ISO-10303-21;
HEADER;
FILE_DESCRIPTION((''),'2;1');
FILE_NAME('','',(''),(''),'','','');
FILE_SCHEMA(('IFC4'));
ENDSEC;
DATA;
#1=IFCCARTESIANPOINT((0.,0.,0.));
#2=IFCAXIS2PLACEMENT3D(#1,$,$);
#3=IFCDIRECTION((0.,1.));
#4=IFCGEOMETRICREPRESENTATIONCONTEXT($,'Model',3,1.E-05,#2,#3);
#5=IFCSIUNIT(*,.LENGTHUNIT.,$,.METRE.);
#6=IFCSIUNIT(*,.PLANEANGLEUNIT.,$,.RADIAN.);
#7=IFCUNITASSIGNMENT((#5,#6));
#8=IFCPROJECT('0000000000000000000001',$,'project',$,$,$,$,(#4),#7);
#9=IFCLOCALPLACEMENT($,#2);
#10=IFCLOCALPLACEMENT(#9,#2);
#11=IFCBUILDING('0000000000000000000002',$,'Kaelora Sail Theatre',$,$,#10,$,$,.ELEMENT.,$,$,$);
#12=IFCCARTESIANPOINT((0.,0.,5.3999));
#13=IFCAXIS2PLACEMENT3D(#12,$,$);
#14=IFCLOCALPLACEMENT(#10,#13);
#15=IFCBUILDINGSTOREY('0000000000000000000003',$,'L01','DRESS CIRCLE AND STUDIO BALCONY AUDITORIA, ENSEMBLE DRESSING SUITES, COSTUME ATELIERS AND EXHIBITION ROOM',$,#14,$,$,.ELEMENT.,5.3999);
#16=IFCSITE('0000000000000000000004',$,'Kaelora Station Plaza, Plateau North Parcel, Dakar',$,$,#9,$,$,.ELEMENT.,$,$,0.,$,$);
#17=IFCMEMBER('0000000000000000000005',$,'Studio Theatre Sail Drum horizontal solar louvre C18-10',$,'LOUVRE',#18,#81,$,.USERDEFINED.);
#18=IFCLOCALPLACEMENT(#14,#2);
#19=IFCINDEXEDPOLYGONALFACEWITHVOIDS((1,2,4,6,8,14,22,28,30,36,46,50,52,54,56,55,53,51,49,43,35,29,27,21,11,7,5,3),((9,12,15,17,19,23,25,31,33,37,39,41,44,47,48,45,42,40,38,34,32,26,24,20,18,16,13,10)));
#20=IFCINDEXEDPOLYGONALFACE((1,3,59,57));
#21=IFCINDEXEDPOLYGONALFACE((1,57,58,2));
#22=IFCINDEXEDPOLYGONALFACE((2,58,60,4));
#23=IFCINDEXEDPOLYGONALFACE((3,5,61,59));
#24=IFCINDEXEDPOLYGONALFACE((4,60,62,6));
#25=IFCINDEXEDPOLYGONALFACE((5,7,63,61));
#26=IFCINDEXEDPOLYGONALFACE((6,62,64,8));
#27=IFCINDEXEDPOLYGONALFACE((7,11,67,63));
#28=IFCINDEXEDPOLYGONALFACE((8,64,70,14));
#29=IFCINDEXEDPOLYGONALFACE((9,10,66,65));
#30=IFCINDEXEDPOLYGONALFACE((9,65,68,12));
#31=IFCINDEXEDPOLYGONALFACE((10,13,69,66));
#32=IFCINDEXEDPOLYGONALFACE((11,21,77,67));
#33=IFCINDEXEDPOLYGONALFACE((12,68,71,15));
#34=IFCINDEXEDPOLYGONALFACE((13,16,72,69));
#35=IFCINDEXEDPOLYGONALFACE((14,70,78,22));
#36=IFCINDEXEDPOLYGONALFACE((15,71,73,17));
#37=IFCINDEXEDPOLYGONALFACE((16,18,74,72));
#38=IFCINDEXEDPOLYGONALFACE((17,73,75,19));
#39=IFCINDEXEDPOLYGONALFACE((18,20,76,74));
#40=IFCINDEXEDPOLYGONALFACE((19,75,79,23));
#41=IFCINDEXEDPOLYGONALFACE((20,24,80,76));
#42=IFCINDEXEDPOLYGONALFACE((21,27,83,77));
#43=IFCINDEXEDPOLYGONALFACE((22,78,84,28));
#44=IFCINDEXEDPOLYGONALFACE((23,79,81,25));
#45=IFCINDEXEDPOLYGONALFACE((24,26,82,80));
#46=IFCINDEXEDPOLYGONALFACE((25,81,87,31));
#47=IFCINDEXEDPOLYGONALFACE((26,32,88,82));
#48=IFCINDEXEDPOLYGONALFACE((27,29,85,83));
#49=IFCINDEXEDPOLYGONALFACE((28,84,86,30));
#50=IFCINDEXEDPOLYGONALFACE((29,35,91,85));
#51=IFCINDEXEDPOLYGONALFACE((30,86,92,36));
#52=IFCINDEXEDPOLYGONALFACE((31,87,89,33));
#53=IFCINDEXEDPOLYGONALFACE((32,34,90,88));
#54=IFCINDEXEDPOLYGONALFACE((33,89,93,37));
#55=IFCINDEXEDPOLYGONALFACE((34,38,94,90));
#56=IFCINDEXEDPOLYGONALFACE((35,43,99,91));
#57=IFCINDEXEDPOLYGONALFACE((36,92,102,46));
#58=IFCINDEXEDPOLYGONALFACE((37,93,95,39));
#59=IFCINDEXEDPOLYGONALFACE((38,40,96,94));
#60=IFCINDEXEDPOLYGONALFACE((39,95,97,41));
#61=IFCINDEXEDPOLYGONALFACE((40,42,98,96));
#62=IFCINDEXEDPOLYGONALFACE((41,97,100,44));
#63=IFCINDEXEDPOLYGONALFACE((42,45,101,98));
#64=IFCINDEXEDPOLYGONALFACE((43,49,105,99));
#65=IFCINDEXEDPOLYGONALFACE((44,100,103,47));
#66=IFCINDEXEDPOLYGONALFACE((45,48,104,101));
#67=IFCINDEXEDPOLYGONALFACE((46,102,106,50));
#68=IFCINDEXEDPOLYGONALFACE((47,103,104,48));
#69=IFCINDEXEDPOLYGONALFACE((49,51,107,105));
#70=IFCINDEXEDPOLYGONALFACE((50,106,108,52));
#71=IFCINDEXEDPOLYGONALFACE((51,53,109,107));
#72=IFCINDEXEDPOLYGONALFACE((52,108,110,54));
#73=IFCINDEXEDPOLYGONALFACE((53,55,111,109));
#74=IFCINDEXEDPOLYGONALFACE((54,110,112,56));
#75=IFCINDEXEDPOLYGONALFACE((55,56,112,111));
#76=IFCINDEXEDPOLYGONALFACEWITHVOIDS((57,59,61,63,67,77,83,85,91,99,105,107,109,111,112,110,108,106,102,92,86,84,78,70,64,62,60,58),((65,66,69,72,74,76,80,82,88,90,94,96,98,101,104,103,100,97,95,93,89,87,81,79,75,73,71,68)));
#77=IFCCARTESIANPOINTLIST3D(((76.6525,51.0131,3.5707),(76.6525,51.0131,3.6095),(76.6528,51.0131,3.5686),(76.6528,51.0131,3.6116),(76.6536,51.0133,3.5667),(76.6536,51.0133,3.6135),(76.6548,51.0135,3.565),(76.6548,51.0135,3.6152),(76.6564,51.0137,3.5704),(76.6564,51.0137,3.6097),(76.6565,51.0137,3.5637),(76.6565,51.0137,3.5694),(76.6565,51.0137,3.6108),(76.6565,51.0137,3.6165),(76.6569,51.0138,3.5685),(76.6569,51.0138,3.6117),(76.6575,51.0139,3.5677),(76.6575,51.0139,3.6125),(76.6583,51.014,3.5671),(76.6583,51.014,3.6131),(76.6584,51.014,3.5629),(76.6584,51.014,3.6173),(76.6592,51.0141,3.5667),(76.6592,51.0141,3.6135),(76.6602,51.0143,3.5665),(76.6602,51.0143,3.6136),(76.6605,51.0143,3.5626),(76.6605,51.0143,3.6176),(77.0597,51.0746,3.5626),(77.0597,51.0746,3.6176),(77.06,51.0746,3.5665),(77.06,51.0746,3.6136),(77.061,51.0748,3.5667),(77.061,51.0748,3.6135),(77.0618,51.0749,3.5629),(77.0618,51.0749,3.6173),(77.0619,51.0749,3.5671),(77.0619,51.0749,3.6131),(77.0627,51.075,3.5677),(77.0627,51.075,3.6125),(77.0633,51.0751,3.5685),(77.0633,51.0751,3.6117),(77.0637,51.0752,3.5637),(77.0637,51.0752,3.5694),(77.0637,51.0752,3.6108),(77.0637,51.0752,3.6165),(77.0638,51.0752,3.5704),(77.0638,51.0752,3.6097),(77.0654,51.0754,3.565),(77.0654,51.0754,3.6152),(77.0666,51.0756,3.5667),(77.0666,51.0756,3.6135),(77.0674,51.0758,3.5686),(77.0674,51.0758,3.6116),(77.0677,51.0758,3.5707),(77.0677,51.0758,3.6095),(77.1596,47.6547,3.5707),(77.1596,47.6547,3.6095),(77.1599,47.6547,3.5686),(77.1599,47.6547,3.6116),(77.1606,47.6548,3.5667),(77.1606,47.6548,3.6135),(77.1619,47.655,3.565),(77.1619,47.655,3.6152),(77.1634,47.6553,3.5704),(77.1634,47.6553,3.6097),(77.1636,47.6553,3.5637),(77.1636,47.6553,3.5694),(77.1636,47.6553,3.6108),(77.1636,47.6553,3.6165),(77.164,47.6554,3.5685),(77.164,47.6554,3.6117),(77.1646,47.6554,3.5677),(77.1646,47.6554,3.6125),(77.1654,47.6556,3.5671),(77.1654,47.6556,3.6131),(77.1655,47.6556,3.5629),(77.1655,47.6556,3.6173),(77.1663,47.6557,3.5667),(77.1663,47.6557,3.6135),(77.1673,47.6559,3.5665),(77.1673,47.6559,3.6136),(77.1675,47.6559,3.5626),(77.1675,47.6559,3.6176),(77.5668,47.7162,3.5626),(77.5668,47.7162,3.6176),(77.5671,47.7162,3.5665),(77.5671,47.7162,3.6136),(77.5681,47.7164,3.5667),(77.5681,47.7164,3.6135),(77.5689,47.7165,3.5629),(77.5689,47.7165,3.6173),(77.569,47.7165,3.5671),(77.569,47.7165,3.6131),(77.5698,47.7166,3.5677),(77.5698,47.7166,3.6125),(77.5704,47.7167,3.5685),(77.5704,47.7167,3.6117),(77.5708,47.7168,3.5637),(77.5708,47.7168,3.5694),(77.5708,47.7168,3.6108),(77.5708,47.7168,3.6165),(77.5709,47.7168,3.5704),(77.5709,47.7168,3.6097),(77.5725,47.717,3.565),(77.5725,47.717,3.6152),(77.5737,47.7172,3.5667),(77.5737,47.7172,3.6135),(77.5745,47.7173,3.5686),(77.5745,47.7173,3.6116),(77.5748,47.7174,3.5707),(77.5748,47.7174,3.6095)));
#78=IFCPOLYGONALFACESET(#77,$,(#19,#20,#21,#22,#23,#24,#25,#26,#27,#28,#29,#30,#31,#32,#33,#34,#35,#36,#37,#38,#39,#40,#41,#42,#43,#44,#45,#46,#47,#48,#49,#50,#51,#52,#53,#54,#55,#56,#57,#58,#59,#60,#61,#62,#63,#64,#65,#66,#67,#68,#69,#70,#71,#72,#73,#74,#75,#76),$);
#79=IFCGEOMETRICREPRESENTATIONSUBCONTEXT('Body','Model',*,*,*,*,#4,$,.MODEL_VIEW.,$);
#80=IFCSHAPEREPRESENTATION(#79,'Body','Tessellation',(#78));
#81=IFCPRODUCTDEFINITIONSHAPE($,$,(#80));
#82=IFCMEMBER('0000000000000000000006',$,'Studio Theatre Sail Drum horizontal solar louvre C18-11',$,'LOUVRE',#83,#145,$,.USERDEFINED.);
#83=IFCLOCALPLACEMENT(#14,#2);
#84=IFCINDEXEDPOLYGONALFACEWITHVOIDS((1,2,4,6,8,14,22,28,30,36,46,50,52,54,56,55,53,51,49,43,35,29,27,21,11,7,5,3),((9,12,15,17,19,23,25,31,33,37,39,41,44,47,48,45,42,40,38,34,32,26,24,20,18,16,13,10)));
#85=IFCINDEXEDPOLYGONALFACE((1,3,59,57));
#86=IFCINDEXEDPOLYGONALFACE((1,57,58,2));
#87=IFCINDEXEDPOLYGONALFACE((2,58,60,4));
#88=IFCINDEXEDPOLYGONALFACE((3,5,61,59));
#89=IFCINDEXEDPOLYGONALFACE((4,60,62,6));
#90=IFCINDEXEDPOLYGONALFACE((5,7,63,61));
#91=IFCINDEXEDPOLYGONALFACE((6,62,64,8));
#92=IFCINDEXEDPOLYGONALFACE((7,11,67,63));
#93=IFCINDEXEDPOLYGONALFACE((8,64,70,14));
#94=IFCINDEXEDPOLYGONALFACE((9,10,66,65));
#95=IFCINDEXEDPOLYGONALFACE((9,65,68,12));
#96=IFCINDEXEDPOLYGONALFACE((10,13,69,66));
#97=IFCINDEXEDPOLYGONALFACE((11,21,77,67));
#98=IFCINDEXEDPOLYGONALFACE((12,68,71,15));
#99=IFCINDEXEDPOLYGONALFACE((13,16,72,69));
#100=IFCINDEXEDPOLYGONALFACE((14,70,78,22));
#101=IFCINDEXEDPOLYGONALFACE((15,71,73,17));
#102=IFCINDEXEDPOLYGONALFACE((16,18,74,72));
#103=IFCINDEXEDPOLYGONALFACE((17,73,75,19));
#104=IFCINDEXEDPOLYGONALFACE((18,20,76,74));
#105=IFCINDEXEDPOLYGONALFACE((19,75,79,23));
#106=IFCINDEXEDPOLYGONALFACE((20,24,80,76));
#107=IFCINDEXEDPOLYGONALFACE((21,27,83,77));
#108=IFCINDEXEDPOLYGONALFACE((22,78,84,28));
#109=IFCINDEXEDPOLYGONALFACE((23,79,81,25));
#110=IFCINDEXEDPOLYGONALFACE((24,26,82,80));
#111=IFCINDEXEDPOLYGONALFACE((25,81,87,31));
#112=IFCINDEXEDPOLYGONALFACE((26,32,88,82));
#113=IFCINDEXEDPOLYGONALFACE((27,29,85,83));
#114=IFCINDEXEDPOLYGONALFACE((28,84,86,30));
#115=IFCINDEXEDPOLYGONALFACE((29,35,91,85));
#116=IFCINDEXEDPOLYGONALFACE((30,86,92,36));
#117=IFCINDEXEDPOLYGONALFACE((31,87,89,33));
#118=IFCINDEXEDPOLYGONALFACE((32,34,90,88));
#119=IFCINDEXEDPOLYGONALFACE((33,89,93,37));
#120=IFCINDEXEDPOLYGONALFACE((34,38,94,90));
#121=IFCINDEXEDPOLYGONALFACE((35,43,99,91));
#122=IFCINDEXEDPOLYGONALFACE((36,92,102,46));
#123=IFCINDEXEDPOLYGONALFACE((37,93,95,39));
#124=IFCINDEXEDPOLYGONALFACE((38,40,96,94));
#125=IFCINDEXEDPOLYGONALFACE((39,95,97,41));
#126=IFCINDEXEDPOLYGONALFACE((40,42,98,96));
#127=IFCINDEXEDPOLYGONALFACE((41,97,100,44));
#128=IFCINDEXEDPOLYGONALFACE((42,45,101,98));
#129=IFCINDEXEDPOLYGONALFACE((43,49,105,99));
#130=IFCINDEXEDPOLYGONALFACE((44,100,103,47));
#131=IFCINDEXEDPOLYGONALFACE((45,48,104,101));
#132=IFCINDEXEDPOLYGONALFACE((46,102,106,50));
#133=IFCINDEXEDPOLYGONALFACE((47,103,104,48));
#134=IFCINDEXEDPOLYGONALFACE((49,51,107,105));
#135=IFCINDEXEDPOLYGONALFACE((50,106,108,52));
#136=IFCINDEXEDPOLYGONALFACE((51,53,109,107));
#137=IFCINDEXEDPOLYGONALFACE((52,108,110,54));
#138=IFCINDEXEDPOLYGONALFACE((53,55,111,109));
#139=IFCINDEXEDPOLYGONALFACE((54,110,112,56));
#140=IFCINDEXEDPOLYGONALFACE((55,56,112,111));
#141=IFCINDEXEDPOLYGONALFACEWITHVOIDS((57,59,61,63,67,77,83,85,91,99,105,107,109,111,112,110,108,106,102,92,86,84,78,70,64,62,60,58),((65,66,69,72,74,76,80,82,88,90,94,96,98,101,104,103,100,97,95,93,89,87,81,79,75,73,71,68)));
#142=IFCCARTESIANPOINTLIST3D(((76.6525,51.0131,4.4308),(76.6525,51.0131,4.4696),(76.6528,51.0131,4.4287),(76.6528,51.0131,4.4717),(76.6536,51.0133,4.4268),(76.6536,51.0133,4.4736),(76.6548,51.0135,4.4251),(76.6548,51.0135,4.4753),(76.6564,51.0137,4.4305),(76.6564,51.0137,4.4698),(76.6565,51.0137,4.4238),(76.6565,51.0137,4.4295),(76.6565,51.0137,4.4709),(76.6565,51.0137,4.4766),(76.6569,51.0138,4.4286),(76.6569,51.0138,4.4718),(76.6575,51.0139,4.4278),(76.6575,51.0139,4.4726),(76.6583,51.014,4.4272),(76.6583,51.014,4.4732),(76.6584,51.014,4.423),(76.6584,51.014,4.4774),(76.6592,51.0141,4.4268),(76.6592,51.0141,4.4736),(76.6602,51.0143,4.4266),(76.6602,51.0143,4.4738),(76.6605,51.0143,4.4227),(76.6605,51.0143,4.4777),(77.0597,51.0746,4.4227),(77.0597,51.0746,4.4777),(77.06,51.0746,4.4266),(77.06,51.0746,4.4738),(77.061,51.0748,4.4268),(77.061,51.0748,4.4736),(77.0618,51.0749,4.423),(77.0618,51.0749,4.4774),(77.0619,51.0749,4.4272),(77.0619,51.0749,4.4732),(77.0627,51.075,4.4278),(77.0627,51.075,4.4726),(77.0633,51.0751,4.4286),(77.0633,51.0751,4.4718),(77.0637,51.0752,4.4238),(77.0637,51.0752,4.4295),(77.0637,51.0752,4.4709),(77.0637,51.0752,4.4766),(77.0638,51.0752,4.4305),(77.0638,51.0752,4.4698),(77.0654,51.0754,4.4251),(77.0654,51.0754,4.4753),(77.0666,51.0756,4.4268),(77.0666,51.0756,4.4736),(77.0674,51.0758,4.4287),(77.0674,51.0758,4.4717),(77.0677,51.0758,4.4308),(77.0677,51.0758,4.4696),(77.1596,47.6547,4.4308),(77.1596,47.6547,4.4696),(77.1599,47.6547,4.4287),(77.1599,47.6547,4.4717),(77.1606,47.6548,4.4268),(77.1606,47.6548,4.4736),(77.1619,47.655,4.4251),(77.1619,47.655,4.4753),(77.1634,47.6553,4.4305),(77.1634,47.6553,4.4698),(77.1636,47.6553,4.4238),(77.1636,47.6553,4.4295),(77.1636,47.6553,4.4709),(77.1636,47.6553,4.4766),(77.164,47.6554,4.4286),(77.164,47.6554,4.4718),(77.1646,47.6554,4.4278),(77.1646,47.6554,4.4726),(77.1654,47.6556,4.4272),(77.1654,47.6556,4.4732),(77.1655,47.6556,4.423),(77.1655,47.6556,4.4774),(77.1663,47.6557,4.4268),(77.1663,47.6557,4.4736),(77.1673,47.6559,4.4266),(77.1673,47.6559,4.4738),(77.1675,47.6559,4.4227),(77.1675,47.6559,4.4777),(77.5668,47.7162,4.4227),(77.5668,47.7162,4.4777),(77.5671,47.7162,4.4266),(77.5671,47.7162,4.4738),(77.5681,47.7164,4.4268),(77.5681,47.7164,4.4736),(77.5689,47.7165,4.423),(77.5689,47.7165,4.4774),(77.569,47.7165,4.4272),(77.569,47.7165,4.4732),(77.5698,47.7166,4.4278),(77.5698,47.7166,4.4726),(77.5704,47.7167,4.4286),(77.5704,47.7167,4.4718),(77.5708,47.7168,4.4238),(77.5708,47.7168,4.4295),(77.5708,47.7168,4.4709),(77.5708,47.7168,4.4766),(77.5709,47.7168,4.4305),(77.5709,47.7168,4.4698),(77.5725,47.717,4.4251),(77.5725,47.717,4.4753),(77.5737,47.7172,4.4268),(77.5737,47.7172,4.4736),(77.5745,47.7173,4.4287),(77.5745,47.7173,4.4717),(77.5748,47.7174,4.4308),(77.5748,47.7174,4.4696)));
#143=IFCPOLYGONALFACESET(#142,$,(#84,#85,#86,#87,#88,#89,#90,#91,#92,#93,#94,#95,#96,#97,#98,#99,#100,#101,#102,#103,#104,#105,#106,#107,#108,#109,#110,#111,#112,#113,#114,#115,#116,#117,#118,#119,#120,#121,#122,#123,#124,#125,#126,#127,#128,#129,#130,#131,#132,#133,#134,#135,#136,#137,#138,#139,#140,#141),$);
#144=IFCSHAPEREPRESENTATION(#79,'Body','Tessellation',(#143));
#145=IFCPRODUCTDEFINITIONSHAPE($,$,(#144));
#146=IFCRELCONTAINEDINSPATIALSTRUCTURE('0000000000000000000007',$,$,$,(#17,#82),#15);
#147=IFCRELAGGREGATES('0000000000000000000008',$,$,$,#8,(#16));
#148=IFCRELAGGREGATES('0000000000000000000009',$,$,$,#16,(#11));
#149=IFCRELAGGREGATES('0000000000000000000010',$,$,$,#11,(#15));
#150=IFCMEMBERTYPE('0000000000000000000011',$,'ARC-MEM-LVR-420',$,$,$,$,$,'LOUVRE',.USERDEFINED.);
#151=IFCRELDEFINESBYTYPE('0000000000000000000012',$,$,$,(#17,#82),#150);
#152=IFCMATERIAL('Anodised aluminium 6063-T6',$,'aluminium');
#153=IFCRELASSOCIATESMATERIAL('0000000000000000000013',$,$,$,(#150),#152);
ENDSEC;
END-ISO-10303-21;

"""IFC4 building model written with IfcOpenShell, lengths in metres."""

from ifc_helpers import new_model, si_unit, direction, frame, origin, origin_2d, place, context, subcontext, project, spatial, hollow_rectangle, extrude, material, material_profile, profile_set, type_object, element, save


model = new_model("IFC4")

# Units and contexts
model_context = context("Model", 3, precision=1e-05, world=origin(), true_north=direction((0.0, 1.0)))
body_context = subcontext(model_context, "Body", "Model", "MODEL_VIEW")
ifc_project = project(units=[si_unit("LENGTHUNIT", "METRE"), si_unit("PLANEANGLEUNIT", "RADIAN")], contexts=[model_context])

# Site, building, storey
site_placement = place(None, origin())
site = spatial("IfcSite", under=ifc_project, at=site_placement, Name="Kaelora Station Plaza, Plateau North Parcel, Dakar", CompositionType="ELEMENT", RefElevation=0.0)
building_placement = place(site_placement, origin())
building = spatial("IfcBuilding", under=site, at=building_placement, Name="Kaelora Sail Theatre", CompositionType="ELEMENT")
storey_placement = place(building_placement, frame((0.0, 0.0, 5.3999)))
storey = spatial("IfcBuildingStorey", under=building, at=storey_placement, Name="L01", Description="DRESS CIRCLE AND STUDIO BALCONY AUDITORIA, ENSEMBLE DRESSING SUITES, COSTUME ATELIERS AND EXHIBITION ROOM", CompositionType="ELEMENT", Elevation=5.3999)

# Members
ifc_material_1 = material(Name="Anodised aluminium 6063-T6", Category="aluminium")
ifc_material_profile_1 = material_profile(ifc_material_1, hollow_rectangle(XDim=0.4199, YDim=0.0549, WallThickness=0.0039, InnerFilletRadius=0.0039, OuterFilletRadius=0.0081, at=origin_2d()), Name="LOUVRE 420x55x4")
ifc_profile_set_1 = profile_set([ifc_material_profile_1], Name="Anodised aluminium 6063-T6")
member_type_1 = type_object("IfcMemberType", Name="ARC-MEM-LVR-420", ElementType="LOUVRE", PredefinedType="USERDEFINED", material=ifc_profile_set_1)
for number, where, z_axis, x_axis, name in (
    (1, (77.3672, 47.686, 3.5901), (-0.149296, 0.988792, 0.0), (-0.988792, -0.149296, 0.0), "Studio Theatre Sail Drum horizontal solar louvre C18-10"),
    (2, (77.3672, 47.686, 4.4502), (-0.149296, 0.988792, 0.0), (-0.988792, -0.149296, 0.0), "Studio Theatre Sail Drum horizontal solar louvre C18-11"),
):
    element("IfcMember", number, at=place(storey_placement, frame(where, z_axis=z_axis, x_axis=x_axis)), inside=storey, type_object=member_type_1, Name=name, ObjectType="LOUVRE", PredefinedType="USERDEFINED", context=body_context, shape_type="SweptSolid", body=[
        extrude(hollow_rectangle(XDim=0.4199, YDim=0.0549, WallThickness=0.0039, InnerFilletRadius=0.0039, OuterFilletRadius=0.0081, at=origin_2d()), origin(), (0.0, 0.0, 1.0), 3.3965),
    ])

save(model, "model.ifc")
